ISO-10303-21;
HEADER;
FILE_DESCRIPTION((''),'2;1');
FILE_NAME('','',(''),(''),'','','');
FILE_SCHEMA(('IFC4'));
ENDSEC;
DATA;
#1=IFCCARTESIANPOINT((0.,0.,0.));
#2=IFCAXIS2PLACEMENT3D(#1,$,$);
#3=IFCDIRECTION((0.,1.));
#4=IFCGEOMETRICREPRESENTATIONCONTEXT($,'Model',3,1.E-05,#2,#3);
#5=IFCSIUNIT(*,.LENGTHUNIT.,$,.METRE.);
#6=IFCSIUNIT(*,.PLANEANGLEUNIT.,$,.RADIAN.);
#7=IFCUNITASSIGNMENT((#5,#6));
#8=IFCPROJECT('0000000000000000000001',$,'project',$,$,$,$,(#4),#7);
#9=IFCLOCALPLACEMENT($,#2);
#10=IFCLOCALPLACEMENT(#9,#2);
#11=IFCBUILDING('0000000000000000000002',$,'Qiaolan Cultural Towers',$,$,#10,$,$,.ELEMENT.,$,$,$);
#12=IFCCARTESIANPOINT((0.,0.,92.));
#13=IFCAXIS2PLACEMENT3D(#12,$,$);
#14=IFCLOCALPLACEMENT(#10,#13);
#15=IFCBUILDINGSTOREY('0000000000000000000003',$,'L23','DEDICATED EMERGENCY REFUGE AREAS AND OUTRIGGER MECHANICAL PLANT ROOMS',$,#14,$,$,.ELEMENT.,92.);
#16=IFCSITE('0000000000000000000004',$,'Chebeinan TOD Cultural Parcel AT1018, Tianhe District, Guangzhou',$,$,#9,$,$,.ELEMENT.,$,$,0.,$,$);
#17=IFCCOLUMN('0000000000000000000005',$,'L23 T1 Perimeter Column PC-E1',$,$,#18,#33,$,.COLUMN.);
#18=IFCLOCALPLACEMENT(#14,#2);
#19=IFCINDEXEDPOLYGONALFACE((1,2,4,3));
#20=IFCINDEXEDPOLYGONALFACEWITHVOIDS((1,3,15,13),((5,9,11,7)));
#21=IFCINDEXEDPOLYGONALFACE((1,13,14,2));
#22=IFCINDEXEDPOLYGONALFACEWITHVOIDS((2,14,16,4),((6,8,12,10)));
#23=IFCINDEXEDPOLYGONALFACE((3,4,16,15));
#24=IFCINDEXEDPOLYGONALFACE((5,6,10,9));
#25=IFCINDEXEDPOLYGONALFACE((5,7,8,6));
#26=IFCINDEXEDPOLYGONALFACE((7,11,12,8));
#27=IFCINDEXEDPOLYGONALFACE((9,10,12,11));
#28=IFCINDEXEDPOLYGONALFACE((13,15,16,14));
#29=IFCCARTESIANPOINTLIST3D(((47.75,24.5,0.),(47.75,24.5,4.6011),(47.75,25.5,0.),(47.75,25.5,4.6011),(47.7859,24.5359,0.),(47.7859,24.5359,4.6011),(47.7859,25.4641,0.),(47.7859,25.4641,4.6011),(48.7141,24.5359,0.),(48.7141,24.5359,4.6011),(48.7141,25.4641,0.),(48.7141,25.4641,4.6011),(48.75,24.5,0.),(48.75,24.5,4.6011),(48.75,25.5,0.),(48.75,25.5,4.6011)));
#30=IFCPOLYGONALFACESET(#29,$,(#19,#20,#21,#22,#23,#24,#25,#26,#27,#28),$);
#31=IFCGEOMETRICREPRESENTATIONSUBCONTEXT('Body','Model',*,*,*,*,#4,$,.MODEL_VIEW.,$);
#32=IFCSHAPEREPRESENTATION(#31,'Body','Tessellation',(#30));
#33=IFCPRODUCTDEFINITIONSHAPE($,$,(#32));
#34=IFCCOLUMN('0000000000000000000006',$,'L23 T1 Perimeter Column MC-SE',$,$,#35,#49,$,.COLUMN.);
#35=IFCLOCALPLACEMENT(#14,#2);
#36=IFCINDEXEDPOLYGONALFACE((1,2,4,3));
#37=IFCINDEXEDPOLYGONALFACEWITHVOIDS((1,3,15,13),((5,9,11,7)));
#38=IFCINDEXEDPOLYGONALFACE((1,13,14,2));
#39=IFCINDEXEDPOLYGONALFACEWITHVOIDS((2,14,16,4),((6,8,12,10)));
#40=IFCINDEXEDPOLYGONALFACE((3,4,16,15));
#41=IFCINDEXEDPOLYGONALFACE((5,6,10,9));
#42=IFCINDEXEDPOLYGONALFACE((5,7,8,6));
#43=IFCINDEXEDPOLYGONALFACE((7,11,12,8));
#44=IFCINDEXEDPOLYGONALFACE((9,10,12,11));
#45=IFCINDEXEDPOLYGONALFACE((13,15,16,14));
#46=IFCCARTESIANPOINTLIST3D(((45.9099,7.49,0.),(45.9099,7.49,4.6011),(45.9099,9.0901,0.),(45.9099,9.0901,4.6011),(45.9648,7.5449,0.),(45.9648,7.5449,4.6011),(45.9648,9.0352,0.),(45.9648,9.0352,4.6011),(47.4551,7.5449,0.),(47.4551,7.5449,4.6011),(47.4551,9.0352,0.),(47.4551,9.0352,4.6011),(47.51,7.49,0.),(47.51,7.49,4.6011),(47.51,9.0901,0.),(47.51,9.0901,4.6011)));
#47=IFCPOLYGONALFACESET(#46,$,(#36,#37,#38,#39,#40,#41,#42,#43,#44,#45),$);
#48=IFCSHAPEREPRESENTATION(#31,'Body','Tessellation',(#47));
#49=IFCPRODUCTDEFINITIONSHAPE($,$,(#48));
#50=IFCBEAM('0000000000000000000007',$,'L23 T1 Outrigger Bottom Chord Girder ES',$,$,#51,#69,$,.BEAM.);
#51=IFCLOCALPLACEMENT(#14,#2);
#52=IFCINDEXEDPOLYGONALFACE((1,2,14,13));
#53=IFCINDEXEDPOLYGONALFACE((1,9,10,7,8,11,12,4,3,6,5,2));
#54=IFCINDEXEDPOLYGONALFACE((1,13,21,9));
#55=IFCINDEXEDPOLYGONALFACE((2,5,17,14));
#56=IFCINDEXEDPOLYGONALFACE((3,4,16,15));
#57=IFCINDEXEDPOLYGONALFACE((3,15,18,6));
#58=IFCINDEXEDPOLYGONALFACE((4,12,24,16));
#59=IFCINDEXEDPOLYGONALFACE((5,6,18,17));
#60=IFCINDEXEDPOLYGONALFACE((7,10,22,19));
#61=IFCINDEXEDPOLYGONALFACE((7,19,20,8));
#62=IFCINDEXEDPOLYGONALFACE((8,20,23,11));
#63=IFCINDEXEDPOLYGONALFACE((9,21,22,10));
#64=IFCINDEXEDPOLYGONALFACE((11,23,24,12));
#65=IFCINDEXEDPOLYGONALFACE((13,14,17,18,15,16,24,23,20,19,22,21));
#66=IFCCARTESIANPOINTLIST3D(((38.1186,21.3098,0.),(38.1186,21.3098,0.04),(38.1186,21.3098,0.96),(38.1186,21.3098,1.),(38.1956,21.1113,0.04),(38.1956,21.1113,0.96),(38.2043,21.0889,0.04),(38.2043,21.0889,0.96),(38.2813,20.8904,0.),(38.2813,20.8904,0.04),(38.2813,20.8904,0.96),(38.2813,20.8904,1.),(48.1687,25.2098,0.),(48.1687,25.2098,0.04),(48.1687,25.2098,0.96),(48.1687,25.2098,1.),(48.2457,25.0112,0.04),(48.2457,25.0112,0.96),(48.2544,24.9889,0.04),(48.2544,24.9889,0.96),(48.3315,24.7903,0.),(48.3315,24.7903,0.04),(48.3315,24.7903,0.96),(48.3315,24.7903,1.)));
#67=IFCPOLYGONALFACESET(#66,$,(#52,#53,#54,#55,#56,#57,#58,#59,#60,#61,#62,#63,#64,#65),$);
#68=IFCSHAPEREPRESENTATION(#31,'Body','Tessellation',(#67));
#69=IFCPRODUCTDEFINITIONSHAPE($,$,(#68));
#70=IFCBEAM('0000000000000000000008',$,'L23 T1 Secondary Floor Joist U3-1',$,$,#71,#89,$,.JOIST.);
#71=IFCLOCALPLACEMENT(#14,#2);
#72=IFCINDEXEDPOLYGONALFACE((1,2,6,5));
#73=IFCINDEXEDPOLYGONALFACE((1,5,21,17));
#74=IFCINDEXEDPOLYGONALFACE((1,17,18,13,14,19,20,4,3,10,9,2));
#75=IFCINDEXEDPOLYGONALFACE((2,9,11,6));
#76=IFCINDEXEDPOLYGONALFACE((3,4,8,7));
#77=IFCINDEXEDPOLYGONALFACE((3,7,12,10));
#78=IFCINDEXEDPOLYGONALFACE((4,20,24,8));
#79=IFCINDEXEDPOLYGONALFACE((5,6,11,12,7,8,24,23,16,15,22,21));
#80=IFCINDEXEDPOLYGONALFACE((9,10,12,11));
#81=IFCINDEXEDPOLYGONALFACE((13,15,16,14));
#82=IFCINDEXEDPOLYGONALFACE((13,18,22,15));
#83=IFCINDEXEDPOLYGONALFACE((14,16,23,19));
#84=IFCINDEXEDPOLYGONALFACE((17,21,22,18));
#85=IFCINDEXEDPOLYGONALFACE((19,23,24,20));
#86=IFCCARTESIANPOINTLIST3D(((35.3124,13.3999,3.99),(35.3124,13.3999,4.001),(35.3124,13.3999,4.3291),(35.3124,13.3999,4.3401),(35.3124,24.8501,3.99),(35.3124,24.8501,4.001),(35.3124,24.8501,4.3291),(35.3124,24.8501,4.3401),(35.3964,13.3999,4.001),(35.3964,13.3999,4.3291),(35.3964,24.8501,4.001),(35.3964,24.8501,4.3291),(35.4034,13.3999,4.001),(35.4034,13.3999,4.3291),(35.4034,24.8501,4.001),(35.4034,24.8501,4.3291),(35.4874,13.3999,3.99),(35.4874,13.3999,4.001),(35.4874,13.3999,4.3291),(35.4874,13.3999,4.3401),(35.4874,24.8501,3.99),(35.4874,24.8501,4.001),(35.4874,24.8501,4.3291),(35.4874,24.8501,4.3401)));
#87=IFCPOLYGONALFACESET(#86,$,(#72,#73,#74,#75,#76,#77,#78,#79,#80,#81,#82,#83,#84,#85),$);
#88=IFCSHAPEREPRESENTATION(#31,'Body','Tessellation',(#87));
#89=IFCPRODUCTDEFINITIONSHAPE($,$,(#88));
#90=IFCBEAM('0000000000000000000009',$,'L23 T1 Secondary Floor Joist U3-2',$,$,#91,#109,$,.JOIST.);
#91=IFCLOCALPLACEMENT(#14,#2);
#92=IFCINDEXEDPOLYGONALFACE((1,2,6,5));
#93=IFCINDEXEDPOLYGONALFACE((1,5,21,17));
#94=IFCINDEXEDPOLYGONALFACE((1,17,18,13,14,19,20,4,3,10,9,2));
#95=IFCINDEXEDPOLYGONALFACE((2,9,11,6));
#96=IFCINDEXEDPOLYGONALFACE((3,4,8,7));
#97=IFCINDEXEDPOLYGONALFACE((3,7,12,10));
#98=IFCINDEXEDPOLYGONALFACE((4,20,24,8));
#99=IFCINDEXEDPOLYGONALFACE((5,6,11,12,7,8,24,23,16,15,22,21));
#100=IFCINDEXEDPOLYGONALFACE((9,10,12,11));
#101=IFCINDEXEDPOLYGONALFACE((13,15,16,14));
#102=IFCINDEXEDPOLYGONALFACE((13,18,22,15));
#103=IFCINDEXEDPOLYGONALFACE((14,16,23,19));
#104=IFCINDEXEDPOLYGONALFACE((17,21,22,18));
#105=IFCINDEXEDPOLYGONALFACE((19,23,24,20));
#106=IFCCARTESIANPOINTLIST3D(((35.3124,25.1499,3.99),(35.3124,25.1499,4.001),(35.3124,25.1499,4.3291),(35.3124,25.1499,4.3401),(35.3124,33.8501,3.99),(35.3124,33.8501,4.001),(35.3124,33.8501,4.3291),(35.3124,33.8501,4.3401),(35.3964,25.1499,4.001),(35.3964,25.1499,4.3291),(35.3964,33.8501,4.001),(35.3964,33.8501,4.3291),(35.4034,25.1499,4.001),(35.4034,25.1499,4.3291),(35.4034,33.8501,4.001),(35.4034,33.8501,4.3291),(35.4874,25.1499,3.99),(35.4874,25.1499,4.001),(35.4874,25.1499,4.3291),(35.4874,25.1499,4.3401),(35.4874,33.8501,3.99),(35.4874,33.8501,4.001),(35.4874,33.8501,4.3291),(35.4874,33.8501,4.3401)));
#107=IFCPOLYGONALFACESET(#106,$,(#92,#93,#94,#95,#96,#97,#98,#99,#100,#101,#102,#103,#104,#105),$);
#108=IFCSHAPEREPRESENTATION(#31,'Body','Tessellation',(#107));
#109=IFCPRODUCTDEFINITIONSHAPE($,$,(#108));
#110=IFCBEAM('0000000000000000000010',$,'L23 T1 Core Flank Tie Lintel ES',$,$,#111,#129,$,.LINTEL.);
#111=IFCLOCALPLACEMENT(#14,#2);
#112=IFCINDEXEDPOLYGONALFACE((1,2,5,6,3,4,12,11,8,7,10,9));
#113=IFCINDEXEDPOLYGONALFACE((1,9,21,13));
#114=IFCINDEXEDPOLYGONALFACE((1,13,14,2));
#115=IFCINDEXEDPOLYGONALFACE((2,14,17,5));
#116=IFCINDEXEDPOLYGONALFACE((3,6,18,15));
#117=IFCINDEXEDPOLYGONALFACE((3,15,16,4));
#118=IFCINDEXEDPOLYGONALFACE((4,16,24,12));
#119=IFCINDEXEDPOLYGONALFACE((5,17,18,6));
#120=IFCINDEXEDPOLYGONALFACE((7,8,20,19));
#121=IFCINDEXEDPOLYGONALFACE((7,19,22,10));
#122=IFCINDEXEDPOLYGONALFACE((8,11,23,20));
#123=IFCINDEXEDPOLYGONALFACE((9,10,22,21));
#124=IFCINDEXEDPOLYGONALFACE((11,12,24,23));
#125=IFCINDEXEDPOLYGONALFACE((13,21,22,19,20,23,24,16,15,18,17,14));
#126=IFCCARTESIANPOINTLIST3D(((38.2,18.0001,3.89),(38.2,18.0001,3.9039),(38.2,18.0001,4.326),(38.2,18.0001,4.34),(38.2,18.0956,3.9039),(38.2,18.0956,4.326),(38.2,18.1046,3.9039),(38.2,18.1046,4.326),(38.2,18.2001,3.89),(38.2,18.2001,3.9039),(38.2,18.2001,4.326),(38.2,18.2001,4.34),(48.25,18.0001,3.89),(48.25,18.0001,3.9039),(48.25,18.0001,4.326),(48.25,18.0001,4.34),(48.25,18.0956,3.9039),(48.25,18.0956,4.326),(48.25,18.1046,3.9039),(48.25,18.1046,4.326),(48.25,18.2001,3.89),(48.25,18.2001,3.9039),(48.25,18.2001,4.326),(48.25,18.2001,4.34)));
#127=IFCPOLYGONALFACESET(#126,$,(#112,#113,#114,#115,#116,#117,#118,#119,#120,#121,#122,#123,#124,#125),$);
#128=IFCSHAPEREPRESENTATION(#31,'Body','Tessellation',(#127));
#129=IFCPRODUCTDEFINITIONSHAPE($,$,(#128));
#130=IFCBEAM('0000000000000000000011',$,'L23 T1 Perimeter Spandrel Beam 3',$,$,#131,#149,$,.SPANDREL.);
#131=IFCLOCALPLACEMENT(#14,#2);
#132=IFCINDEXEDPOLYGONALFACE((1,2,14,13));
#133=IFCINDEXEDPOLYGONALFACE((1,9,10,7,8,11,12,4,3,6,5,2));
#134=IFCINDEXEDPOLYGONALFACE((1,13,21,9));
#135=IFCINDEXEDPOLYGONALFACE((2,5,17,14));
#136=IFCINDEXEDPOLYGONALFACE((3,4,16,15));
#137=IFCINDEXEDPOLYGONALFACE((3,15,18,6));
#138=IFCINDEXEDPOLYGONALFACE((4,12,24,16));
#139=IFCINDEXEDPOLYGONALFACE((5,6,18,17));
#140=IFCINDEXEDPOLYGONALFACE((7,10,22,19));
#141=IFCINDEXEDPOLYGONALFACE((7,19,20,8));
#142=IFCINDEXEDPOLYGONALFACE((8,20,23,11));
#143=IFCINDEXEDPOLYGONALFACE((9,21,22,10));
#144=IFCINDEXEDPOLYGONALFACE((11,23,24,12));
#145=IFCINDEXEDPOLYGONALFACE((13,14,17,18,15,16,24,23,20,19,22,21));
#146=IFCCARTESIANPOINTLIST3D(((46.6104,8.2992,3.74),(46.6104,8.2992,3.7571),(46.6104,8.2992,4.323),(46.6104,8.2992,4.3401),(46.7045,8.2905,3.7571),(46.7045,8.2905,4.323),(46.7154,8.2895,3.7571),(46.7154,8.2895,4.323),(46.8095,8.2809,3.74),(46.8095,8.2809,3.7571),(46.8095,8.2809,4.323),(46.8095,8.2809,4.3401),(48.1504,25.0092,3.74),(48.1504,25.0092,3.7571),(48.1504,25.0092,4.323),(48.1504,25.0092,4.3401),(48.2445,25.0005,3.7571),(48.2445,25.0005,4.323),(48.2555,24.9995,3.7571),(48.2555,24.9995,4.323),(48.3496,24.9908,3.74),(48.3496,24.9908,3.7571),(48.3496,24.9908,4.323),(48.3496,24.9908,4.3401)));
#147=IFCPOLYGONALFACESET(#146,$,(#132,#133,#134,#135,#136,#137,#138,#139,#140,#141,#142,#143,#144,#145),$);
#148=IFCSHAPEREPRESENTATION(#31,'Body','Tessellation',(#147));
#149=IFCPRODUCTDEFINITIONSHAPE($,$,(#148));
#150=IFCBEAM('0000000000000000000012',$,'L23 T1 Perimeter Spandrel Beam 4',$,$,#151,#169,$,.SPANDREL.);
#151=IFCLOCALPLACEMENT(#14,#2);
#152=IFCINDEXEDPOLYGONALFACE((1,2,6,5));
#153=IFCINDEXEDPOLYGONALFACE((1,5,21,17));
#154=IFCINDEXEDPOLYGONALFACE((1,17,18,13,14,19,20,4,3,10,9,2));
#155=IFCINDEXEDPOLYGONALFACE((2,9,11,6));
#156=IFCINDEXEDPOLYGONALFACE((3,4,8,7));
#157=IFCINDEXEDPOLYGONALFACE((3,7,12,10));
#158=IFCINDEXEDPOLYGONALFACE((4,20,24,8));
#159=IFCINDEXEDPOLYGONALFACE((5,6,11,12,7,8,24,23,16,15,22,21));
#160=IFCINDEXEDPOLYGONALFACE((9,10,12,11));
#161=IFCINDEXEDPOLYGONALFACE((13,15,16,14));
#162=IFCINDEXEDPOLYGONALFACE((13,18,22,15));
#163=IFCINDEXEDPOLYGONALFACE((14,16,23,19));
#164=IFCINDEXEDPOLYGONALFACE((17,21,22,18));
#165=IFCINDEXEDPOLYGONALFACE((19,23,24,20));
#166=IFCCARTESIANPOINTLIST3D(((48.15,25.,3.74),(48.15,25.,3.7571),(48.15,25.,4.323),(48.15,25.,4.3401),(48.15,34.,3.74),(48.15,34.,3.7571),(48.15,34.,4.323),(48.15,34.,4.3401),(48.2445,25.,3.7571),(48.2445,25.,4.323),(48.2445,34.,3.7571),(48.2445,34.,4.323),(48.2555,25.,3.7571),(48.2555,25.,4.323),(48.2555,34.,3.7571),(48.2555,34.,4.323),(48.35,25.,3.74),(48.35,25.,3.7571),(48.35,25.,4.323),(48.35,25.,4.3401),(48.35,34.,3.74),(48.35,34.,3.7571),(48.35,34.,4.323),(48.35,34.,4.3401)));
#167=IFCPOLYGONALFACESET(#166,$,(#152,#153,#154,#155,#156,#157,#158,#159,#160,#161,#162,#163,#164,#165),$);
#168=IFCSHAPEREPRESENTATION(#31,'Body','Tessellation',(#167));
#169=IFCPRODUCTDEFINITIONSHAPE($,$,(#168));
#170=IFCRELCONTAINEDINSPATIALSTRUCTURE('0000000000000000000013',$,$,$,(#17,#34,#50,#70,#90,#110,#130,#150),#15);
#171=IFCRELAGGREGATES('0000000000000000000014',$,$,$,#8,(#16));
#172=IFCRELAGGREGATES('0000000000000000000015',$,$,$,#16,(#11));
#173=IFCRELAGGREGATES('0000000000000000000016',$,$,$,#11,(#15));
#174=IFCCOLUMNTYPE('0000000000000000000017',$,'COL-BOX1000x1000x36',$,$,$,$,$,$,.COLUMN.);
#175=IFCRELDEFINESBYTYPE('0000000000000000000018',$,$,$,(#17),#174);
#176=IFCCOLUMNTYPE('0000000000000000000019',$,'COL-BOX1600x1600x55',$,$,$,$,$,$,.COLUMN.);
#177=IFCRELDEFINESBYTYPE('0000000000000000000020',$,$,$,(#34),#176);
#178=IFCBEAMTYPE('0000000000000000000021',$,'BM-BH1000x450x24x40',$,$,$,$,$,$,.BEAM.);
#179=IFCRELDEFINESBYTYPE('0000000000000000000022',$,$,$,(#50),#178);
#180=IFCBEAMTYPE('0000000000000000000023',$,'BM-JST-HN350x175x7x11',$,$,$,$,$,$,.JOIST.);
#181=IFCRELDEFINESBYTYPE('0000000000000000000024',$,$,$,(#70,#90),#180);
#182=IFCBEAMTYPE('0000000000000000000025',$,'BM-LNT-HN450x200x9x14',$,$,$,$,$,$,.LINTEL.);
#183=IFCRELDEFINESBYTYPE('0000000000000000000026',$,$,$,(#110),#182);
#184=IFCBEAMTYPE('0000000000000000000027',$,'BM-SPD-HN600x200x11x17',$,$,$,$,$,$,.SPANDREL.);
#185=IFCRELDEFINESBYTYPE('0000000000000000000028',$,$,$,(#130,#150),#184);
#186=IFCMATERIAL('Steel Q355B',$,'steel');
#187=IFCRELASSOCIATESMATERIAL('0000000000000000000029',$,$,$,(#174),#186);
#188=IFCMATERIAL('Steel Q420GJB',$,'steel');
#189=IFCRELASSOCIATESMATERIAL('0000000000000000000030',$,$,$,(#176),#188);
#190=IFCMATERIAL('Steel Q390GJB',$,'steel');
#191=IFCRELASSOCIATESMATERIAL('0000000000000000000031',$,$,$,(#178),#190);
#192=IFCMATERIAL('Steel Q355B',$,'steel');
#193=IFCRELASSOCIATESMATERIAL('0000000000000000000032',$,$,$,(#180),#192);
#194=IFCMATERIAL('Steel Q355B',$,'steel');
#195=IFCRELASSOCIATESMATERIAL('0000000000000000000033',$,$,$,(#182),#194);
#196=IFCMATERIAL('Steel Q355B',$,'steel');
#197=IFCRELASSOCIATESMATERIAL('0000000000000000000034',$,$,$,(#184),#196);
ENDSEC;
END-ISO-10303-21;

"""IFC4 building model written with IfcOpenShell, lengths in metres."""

from ifc_helpers import new_model, si_unit, direction, frame, origin, origin_2d, place, context, subcontext, project, spatial, hollow_rectangle, i_section, extrude, material, material_profile, profile_set, type_object, element, save


model = new_model("IFC4")

# Units and contexts
model_context = context("Model", 3, precision=1e-05, world=origin(), true_north=direction((0.0, 1.0)))
body_context = subcontext(model_context, "Body", "Model", "MODEL_VIEW")
ifc_project = project(units=[si_unit("LENGTHUNIT", "METRE"), si_unit("PLANEANGLEUNIT", "RADIAN")], contexts=[model_context])

# Site, building, storey
site_placement = place(None, origin())
site = spatial("IfcSite", under=ifc_project, at=site_placement, Name="Chebeinan TOD Cultural Parcel AT1018, Tianhe District, Guangzhou", CompositionType="ELEMENT", RefElevation=0.0)
building_placement = place(site_placement, origin())
building = spatial("IfcBuilding", under=site, at=building_placement, Name="Qiaolan Cultural Towers", CompositionType="ELEMENT")
storey_placement = place(building_placement, frame((0.0, 0.0, 92.0)))
storey = spatial("IfcBuildingStorey", under=building, at=storey_placement, Name="L23", Description="DEDICATED EMERGENCY REFUGE AREAS AND OUTRIGGER MECHANICAL PLANT ROOMS", CompositionType="ELEMENT", Elevation=92.0)

# Columns
ifc_material_1 = material(Name="Steel Q355B", Category="steel")
ifc_material_profile_1 = material_profile(ifc_material_1, hollow_rectangle(XDim=1.0, YDim=1.0, WallThickness=0.0359, at=origin_2d()), Name="BOX1000x1000x36")
ifc_profile_set_1 = profile_set([ifc_material_profile_1], Name="Steel Q355B")
column_type_1 = type_object("IfcColumnType", Name="COL-BOX1000x1000x36", PredefinedType="COLUMN", material=ifc_profile_set_1)
column_1_placement = place(storey_placement, frame((48.25, 25.0, 0.0), z_axis=(0.0, 0.0, 1.0), x_axis=(1.0, 0.0, 0.0)))
element("IfcColumn", 1, at=column_1_placement, inside=storey, type_object=column_type_1, Name="L23 T1 Perimeter Column PC-E1", PredefinedType="COLUMN", context=body_context, shape_type="SweptSolid", body=[
    extrude(hollow_rectangle(XDim=1.0, YDim=1.0, WallThickness=0.0359, at=origin_2d()), origin(), (0.0, 0.0, 1.0), 4.6011),
])
ifc_material_2 = material(Name="Steel Q420GJB", Category="steel")
ifc_material_profile_2 = material_profile(ifc_material_2, hollow_rectangle(XDim=1.6001, YDim=1.6001, WallThickness=0.0549, at=origin_2d()), Name="BOX1600x1600x55")
ifc_profile_set_2 = profile_set([ifc_material_profile_2], Name="Steel Q420GJB")
column_type_2 = type_object("IfcColumnType", Name="COL-BOX1600x1600x55", PredefinedType="COLUMN", material=ifc_profile_set_2)
column_2_placement = place(storey_placement, frame((46.71, 8.29, 0.0), z_axis=(0.0, 0.0, 1.0), x_axis=(1.0, 0.0, 0.0)))
element("IfcColumn", 2, at=column_2_placement, inside=storey, type_object=column_type_2, Name="L23 T1 Perimeter Column MC-SE", PredefinedType="COLUMN", context=body_context, shape_type="SweptSolid", body=[
    extrude(hollow_rectangle(XDim=1.6001, YDim=1.6001, WallThickness=0.0549, at=origin_2d()), origin(), (0.0, 0.0, 1.0), 4.6011),
])

# Beams
ifc_material_3 = material(Name="Steel Q390GJB", Category="steel")
ifc_material_profile_3 = material_profile(ifc_material_3, i_section(OverallWidth=0.45, OverallDepth=1.0, WebThickness=0.0239, FlangeThickness=0.04, at=origin_2d()), Name="BH1000x450x24x40")
ifc_profile_set_3 = profile_set([ifc_material_profile_3], Name="Steel Q390GJB")
beam_type_1 = type_object("IfcBeamType", Name="BM-BH1000x450x24x40", PredefinedType="BEAM", material=ifc_profile_set_3)
beam_1_placement = place(storey_placement, frame((38.2, 21.1001, 0.5), z_axis=(0.932269, 0.361765, 0.0), x_axis=(-0.361765, 0.932269, 0.0)))
element("IfcBeam", 3, at=beam_1_placement, inside=storey, type_object=beam_type_1, Name="L23 T1 Outrigger Bottom Chord Girder ES", PredefinedType="BEAM", context=body_context, shape_type="SweptSolid", body=[
    extrude(i_section(OverallWidth=0.45, OverallDepth=1.0, WebThickness=0.0239, FlangeThickness=0.04, at=origin_2d()), origin(), (0.0, 0.0, 1.0), 10.7803),
])
ifc_material_4 = material(Name="Steel Q355B", Category="steel")
ifc_material_profile_4 = material_profile(ifc_material_4, i_section(OverallWidth=0.175, OverallDepth=0.3501, WebThickness=0.0071, FlangeThickness=0.011, at=origin_2d()), Name="HN350x175x7x11")
ifc_profile_set_4 = profile_set([ifc_material_profile_4], Name="Steel Q355B")
beam_type_2 = type_object("IfcBeamType", Name="BM-JST-HN350x175x7x11", PredefinedType="JOIST", material=ifc_profile_set_4)
beam_2_placement = place(storey_placement, frame((35.3999, 13.3999, 4.165), z_axis=(0.0, 1.0, 0.0), x_axis=(-1.0, 0.0, 0.0)))
element("IfcBeam", 4, at=beam_2_placement, inside=storey, type_object=beam_type_2, Name="L23 T1 Secondary Floor Joist U3-1", PredefinedType="JOIST", context=body_context, shape_type="SweptSolid", body=[
    extrude(i_section(OverallWidth=0.175, OverallDepth=0.3501, WebThickness=0.0071, FlangeThickness=0.011, at=origin_2d()), origin(), (0.0, 0.0, 1.0), 11.4502),
])
beam_3_placement = place(storey_placement, frame((35.3999, 25.1499, 4.165), z_axis=(0.0, 1.0, 0.0), x_axis=(-1.0, 0.0, 0.0)))
element("IfcBeam", 5, at=beam_3_placement, inside=storey, type_object=beam_type_2, Name="L23 T1 Secondary Floor Joist U3-2", PredefinedType="JOIST", context=body_context, shape_type="SweptSolid", body=[
    extrude(i_section(OverallWidth=0.175, OverallDepth=0.3501, WebThickness=0.0071, FlangeThickness=0.011, at=origin_2d()), origin(), (0.0, 0.0, 1.0), 8.7002),
])
ifc_material_5 = material(Name="Steel Q355B", Category="steel")
ifc_material_profile_5 = material_profile(ifc_material_5, i_section(OverallWidth=0.2, OverallDepth=0.45, WebThickness=0.009, FlangeThickness=0.0139, at=origin_2d()), Name="HN450x200x9x14")
ifc_profile_set_5 = profile_set([ifc_material_profile_5], Name="Steel Q355B")
beam_type_3 = type_object("IfcBeamType", Name="BM-LNT-HN450x200x9x14", PredefinedType="LINTEL", material=ifc_profile_set_5)
beam_4_placement = place(storey_placement, frame((38.2, 18.1001, 4.115), z_axis=(1.0, 0.0, 0.0), x_axis=(0.0, 1.0, 0.0)))
element("IfcBeam", 6, at=beam_4_placement, inside=storey, type_object=beam_type_3, Name="L23 T1 Core Flank Tie Lintel ES", PredefinedType="LINTEL", context=body_context, shape_type="SweptSolid", body=[
    extrude(i_section(OverallWidth=0.2, OverallDepth=0.45, WebThickness=0.009, FlangeThickness=0.0139, at=origin_2d()), origin(), (0.0, 0.0, 1.0), 10.05),
])
ifc_material_6 = material(Name="Steel Q355B", Category="steel")
ifc_material_profile_6 = material_profile(ifc_material_6, i_section(OverallWidth=0.2, OverallDepth=0.6001, WebThickness=0.011, FlangeThickness=0.0171, at=origin_2d()), Name="HN600x200x11x17")
ifc_profile_set_6 = profile_set([ifc_material_profile_6], Name="Steel Q355B")
beam_type_4 = type_object("IfcBeamType", Name="BM-SPD-HN600x200x11x17", PredefinedType="SPANDREL", material=ifc_profile_set_6)
beam_5_placement = place(storey_placement, frame((46.71, 8.29, 4.04), z_axis=(0.091774, 0.99578, 0.0), x_axis=(-0.99578, 0.091774, 0.0)))
element("IfcBeam", 7, at=beam_5_placement, inside=storey, type_object=beam_type_4, Name="L23 T1 Perimeter Spandrel Beam 3", PredefinedType="SPANDREL", context=body_context, shape_type="SweptSolid", body=[
    extrude(i_section(OverallWidth=0.2, OverallDepth=0.6001, WebThickness=0.011, FlangeThickness=0.0171, at=origin_2d()), origin(), (0.0, 0.0, 1.0), 16.7808),
])
beam_6_placement = place(storey_placement, frame((48.25, 25.0, 4.04), z_axis=(0.0, 1.0, 0.0), x_axis=(-1.0, 0.0, 0.0)))
element("IfcBeam", 8, at=beam_6_placement, inside=storey, type_object=beam_type_4, Name="L23 T1 Perimeter Spandrel Beam 4", PredefinedType="SPANDREL", context=body_context, shape_type="SweptSolid", body=[
    extrude(i_section(OverallWidth=0.2, OverallDepth=0.6001, WebThickness=0.011, FlangeThickness=0.0171, at=origin_2d()), origin(), (0.0, 0.0, 1.0), 9.0),
])

save(model, "model.ifc")
